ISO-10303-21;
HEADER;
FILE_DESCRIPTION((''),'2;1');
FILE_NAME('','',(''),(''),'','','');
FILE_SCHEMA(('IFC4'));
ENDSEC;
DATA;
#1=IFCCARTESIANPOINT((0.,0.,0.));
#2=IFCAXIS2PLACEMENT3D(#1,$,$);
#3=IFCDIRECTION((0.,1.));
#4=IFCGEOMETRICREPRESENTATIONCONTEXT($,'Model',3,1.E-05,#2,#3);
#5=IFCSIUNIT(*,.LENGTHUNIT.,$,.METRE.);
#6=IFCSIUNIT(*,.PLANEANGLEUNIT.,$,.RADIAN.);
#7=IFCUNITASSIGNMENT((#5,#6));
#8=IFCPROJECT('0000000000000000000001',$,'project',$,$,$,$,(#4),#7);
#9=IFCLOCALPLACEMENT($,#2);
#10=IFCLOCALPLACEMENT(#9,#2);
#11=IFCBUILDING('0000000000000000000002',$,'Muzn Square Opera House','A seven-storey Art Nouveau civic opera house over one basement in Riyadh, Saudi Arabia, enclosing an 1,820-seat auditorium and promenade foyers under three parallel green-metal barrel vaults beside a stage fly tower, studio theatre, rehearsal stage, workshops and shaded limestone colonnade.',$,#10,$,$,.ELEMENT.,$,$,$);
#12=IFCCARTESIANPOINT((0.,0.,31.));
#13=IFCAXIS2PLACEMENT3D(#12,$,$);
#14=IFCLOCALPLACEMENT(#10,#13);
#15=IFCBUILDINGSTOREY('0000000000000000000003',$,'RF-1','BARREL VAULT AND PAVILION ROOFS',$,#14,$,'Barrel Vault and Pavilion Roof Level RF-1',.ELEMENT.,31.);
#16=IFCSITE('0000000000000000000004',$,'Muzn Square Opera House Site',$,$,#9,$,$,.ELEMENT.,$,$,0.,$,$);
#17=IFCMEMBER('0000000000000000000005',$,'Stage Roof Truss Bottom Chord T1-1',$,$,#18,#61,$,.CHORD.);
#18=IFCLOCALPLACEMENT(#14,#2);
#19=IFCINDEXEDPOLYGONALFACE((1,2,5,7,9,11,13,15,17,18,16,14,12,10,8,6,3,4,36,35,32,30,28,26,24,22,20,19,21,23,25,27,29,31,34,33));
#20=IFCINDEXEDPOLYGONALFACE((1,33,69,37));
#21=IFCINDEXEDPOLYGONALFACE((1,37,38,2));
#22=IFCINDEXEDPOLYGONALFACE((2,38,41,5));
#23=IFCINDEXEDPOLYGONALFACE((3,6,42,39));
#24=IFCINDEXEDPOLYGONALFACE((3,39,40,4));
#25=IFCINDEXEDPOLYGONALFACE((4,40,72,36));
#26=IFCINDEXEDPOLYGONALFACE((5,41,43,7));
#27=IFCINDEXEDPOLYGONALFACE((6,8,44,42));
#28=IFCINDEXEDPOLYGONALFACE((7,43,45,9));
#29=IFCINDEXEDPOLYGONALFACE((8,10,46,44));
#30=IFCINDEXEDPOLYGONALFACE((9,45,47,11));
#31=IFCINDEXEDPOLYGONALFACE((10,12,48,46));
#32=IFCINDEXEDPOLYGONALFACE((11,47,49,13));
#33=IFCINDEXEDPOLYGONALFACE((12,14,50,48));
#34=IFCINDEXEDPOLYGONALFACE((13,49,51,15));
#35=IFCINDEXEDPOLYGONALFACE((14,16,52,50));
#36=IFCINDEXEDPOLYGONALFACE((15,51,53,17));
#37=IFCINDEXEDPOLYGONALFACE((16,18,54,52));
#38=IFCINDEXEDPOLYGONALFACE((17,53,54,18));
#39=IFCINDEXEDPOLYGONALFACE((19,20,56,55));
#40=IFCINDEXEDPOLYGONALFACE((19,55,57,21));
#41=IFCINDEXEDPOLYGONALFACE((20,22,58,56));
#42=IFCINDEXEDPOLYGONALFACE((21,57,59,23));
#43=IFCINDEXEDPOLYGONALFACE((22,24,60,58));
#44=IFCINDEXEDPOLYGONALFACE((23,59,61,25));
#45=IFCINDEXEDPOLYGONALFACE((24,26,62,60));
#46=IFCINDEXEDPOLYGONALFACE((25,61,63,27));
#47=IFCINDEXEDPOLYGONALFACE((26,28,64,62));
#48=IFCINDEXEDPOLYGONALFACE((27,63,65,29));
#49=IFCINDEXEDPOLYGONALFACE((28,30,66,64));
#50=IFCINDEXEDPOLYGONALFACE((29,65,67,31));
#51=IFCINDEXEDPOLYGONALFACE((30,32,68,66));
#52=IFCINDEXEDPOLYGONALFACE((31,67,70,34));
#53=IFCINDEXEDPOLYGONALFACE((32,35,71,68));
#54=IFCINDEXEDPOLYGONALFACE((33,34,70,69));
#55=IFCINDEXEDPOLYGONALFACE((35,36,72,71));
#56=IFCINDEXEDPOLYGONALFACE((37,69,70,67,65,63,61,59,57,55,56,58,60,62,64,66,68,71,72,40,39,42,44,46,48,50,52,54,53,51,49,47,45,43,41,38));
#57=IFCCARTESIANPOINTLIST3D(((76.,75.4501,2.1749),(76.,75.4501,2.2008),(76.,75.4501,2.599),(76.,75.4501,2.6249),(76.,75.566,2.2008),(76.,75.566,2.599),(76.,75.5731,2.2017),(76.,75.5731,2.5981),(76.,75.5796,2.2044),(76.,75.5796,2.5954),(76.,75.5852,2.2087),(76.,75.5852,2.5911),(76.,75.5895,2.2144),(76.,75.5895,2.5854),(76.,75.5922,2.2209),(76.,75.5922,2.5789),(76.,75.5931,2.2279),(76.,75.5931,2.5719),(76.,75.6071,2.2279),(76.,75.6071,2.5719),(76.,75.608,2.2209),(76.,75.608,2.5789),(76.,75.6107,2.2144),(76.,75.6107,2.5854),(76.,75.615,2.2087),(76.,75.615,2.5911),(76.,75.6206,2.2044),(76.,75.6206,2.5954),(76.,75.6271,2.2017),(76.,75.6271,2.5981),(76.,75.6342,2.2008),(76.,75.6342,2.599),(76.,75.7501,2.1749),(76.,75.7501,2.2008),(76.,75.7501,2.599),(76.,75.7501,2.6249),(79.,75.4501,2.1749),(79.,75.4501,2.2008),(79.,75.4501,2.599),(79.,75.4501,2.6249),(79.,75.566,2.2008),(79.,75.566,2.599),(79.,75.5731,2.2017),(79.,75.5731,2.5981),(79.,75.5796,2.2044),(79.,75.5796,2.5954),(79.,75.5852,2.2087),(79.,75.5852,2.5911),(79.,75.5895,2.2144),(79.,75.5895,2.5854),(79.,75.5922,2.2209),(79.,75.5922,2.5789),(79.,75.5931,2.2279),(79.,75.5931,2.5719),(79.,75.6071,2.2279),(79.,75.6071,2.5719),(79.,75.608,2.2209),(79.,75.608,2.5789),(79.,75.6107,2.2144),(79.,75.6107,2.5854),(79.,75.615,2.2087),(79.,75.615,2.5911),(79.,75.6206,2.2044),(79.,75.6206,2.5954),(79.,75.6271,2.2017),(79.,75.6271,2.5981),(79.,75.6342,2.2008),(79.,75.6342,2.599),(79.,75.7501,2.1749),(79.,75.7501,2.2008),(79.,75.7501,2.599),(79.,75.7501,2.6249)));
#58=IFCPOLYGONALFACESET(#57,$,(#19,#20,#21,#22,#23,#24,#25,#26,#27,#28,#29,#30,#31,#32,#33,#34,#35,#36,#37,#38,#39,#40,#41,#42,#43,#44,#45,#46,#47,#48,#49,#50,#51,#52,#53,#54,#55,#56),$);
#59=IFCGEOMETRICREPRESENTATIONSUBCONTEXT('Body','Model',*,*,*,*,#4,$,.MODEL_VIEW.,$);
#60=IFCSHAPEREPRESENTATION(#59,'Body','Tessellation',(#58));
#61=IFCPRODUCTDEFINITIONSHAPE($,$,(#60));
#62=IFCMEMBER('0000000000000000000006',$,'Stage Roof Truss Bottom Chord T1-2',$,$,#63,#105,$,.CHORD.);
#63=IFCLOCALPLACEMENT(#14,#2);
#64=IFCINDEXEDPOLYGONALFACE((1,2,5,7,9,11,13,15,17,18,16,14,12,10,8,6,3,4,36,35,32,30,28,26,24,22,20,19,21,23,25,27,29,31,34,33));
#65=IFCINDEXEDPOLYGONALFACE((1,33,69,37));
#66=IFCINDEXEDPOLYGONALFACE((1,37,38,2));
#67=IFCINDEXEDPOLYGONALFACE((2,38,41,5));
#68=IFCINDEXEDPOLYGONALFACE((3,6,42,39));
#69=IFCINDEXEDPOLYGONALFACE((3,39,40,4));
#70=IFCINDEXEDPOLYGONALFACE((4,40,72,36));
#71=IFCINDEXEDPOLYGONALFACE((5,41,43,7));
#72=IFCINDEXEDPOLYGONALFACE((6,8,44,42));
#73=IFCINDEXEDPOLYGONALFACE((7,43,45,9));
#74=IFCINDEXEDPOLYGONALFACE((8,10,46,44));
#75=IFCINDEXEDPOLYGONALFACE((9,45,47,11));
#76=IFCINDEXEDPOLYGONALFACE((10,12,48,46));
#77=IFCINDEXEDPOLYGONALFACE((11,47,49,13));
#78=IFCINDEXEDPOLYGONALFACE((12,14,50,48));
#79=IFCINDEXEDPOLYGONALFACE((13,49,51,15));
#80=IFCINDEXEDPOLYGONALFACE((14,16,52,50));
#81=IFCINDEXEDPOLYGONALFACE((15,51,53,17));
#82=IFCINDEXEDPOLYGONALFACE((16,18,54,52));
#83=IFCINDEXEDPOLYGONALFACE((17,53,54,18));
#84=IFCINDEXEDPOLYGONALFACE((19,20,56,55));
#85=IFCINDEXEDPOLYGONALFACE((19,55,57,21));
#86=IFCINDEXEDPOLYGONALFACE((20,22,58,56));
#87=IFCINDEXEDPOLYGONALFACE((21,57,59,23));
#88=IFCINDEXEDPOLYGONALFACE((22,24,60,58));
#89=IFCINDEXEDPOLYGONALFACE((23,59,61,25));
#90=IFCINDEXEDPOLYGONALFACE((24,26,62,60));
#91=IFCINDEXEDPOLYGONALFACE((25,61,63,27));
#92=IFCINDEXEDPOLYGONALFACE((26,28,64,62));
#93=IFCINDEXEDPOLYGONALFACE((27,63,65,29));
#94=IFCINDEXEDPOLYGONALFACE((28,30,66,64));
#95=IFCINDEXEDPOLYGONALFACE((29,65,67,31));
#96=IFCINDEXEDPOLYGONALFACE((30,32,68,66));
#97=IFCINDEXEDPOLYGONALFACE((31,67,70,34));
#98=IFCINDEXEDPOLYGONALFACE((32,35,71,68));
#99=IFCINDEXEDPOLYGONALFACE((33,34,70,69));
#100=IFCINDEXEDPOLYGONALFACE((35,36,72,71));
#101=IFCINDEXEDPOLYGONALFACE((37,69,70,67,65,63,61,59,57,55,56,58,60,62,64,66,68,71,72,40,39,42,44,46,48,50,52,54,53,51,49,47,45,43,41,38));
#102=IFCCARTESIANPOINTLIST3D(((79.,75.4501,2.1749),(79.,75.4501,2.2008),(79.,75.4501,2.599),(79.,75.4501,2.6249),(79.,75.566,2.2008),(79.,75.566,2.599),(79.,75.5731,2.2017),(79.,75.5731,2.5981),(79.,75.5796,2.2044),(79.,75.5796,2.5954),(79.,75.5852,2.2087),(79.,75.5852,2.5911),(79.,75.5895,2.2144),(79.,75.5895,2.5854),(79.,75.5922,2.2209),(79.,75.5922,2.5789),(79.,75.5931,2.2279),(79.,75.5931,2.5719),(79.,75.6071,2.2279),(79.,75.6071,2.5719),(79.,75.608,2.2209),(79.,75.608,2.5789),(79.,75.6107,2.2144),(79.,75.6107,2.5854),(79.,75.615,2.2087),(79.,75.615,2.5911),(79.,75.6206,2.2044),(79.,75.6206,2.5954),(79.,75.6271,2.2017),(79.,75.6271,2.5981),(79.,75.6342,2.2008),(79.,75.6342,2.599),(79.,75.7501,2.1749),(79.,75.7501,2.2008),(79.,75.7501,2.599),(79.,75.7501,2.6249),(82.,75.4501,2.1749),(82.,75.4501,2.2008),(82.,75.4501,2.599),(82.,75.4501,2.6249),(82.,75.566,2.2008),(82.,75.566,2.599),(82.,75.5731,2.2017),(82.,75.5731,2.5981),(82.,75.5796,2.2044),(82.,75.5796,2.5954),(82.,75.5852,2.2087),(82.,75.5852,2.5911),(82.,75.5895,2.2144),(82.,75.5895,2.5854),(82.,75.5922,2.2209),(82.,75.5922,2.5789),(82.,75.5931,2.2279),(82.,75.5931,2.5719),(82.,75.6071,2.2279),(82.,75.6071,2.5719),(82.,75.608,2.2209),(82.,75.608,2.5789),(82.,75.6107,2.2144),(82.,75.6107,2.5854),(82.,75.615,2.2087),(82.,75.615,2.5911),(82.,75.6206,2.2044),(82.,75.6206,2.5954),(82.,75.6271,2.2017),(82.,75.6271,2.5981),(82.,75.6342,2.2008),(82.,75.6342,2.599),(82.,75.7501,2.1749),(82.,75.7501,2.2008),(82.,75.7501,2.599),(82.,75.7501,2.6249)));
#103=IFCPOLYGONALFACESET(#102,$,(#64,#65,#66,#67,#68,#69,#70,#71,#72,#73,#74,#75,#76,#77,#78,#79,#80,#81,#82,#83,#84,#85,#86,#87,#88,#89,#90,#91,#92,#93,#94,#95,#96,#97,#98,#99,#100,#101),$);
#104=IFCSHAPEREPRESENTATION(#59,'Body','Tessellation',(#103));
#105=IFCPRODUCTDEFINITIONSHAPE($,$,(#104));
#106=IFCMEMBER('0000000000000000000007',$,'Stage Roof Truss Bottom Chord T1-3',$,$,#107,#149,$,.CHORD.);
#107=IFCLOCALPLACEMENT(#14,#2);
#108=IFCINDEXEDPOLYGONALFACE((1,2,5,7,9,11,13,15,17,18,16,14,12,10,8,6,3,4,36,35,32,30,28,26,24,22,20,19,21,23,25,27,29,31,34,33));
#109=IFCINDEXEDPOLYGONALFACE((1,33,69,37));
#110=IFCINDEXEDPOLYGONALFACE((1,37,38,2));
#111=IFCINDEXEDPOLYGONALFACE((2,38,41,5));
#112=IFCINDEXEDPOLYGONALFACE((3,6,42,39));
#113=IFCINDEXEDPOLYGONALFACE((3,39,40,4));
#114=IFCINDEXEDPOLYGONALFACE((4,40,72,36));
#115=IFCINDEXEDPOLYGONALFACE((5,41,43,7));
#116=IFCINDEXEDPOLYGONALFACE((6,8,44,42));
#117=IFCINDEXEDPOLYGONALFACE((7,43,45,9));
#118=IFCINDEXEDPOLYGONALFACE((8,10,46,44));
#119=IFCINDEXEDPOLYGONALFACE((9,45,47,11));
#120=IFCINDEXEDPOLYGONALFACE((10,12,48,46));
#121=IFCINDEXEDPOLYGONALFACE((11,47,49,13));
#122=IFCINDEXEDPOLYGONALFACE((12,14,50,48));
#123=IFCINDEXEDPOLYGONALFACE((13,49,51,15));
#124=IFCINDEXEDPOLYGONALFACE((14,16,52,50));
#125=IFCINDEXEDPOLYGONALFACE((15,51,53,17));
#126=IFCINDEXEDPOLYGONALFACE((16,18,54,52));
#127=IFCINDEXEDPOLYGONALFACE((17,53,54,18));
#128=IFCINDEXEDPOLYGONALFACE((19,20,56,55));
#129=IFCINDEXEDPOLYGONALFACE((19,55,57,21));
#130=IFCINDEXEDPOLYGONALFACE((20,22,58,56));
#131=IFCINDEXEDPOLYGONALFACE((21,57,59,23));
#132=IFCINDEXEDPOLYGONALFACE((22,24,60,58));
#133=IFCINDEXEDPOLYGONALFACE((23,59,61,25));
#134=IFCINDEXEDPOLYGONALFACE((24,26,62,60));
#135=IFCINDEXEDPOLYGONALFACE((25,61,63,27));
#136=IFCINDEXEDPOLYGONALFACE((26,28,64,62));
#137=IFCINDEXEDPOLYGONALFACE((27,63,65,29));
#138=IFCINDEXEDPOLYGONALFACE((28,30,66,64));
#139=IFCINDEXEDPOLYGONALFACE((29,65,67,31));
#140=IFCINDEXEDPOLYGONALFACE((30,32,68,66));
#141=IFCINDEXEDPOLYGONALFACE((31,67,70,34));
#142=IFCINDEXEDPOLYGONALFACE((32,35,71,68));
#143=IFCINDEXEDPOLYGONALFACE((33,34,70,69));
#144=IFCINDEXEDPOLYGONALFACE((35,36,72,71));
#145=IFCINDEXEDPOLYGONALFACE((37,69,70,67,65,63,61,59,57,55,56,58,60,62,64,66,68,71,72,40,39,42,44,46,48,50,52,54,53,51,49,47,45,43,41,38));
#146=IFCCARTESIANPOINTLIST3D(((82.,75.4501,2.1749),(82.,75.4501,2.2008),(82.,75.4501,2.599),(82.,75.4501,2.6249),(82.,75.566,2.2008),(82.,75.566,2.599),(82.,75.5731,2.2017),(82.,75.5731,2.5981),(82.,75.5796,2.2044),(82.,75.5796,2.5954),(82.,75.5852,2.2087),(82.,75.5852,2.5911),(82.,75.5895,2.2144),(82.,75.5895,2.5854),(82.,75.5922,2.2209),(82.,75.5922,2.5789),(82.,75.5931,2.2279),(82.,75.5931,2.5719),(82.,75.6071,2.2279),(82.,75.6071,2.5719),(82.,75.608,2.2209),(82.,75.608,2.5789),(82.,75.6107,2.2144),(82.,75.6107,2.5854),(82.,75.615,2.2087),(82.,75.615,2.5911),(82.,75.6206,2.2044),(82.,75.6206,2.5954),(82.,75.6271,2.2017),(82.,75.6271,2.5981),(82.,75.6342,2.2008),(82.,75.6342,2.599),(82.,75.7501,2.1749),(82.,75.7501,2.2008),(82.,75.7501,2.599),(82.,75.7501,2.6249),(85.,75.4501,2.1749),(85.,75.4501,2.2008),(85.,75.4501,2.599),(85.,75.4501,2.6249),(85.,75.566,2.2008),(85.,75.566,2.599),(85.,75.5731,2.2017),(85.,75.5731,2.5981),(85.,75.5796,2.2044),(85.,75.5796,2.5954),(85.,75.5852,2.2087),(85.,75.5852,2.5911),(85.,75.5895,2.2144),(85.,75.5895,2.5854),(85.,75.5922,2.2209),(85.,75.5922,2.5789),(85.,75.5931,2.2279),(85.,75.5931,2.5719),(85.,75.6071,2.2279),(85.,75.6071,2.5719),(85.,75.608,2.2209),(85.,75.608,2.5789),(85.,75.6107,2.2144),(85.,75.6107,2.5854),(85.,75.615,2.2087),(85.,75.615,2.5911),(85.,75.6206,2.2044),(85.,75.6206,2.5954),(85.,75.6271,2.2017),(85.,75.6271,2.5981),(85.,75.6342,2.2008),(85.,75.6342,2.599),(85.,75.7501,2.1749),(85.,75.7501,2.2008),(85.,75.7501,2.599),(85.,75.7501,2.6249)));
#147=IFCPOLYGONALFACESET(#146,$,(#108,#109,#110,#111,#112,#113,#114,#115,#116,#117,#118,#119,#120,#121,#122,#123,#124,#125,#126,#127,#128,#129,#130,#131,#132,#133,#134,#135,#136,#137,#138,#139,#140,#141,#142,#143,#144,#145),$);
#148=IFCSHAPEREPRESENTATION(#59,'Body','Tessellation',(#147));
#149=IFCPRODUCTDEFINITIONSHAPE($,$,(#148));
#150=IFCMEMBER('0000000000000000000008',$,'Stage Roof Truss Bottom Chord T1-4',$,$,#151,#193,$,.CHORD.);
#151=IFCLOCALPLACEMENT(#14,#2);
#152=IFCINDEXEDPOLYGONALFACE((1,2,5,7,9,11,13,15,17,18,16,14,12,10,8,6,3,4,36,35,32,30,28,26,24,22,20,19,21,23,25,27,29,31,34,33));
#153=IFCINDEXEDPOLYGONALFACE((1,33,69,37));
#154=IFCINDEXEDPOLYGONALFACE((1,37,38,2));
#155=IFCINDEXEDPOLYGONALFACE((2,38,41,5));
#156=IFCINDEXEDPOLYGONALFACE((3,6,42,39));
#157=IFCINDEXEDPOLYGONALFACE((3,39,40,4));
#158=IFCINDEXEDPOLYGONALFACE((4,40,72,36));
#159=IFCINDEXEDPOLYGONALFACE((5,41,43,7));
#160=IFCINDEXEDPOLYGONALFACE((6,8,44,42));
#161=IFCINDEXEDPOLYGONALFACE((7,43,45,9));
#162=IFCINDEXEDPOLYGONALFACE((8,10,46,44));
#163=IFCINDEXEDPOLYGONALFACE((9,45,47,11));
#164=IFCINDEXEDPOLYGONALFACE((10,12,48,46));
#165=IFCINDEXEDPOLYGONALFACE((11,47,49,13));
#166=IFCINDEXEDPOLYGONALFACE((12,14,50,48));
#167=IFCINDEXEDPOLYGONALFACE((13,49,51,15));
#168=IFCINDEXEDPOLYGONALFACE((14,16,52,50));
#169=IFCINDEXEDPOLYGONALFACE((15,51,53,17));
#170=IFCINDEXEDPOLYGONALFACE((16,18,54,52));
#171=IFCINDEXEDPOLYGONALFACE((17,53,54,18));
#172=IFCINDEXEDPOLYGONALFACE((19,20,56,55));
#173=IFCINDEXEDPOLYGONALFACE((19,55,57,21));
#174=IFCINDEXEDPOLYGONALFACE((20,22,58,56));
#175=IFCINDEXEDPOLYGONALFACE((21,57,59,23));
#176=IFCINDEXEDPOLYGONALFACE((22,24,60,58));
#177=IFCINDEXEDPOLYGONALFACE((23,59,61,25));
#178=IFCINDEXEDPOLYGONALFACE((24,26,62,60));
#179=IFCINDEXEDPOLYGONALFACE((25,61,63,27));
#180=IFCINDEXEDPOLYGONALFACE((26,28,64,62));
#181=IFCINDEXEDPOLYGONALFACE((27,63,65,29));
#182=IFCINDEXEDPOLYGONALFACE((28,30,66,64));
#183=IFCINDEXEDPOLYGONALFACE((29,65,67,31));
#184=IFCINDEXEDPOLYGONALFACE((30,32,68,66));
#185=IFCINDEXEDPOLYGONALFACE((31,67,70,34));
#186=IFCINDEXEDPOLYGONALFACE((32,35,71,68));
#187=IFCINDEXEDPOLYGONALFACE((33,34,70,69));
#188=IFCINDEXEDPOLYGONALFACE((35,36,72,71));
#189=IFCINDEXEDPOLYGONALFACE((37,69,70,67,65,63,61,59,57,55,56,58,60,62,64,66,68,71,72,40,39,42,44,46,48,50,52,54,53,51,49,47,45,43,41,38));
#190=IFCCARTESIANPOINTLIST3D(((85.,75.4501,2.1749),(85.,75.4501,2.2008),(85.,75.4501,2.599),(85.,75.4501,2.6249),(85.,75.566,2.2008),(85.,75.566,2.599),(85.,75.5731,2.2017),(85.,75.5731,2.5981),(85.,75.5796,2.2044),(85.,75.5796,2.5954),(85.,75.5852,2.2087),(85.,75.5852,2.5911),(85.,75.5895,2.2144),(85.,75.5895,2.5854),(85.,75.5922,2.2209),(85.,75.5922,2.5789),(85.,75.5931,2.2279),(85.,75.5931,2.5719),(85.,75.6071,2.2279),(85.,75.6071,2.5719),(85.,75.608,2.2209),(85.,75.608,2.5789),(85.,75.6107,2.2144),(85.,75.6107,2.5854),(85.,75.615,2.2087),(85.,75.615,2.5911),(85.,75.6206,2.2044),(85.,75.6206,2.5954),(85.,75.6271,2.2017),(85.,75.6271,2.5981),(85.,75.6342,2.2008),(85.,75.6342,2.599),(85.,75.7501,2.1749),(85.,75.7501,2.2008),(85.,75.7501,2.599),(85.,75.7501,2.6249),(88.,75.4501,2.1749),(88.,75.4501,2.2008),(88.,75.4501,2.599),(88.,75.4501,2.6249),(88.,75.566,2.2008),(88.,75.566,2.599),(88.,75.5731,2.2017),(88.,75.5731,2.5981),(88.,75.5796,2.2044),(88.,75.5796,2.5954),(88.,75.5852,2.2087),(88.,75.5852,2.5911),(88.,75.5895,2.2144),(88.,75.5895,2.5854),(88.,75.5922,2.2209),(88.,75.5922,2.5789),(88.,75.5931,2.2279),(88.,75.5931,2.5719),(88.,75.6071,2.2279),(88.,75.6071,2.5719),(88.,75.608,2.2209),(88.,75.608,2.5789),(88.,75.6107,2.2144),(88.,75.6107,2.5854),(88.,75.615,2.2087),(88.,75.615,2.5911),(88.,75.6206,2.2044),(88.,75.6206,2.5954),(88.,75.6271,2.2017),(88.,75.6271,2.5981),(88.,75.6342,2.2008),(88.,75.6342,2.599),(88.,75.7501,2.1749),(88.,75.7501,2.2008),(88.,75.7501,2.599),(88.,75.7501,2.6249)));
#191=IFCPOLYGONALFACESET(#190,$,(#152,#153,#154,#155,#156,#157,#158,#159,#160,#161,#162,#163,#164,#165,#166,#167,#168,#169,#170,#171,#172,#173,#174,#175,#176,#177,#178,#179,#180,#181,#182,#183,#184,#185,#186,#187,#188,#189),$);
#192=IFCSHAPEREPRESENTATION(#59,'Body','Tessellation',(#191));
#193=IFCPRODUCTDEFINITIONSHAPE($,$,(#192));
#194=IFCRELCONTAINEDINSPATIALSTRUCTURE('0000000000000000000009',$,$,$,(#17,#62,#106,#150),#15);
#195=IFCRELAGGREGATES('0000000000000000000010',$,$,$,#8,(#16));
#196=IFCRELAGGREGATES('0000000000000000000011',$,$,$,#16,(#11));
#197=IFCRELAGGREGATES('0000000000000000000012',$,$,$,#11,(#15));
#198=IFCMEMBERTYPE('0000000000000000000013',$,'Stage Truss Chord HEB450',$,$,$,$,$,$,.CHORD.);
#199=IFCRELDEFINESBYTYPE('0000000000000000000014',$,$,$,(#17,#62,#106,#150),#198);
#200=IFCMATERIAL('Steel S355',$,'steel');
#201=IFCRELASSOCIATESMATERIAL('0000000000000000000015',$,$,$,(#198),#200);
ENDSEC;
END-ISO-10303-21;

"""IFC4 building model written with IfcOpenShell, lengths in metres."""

from ifc_helpers import new_model, si_unit, direction, frame, origin, origin_2d, place, context, subcontext, project, spatial, i_section, extrude, material, material_profile, profile_set, type_object, element, save


model = new_model("IFC4")

# Units and contexts
model_context = context("Model", 3, precision=1e-05, world=origin(), true_north=direction((0.0, 1.0)))
body_context = subcontext(model_context, "Body", "Model", "MODEL_VIEW")
ifc_project = project(units=[si_unit("LENGTHUNIT", "METRE"), si_unit("PLANEANGLEUNIT", "RADIAN")], contexts=[model_context])

# Site, building, storey
site_placement = place(None, origin())
site = spatial("IfcSite", under=ifc_project, at=site_placement, Name="Muzn Square Opera House Site", CompositionType="ELEMENT", RefElevation=0.0)
building_placement = place(site_placement, origin())
building = spatial("IfcBuilding", under=site, at=building_placement, Name="Muzn Square Opera House", Description="A seven-storey Art Nouveau civic opera house over one basement in Riyadh, Saudi Arabia, enclosing an 1,820-seat auditorium and promenade foyers under three parallel green-metal barrel vaults beside a stage fly tower, studio theatre, rehearsal stage, workshops and shaded limestone colonnade.", CompositionType="ELEMENT")
storey_placement = place(building_placement, frame((0.0, 0.0, 31.0)))
storey = spatial("IfcBuildingStorey", under=building, at=storey_placement, Name="RF-1", Description="BARREL VAULT AND PAVILION ROOFS", LongName="Barrel Vault and Pavilion Roof Level RF-1", CompositionType="ELEMENT", Elevation=31.0)

# Shared definitions
ifc_material_1 = material(Name="Steel S355", Category="steel")

# Members
ifc_material_profile_1 = material_profile(ifc_material_1, i_section(OverallWidth=0.3, OverallDepth=0.45, WebThickness=0.0139, FlangeThickness=0.0259, FilletRadius=0.0271, at=origin_2d()), Name="HEB 450", Category="steel")
ifc_profile_set_1 = profile_set([ifc_material_profile_1], Name="Steel S355")
member_type = type_object("IfcMemberType", Name="Stage Truss Chord HEB450", PredefinedType="CHORD", material=ifc_profile_set_1)
for number, where, z_axis, x_axis, name in (
    (1, (76.0, 75.6001, 2.3999), (1.0, 0.0, 0.0), (0.0, 1.0, 0.0), "Stage Roof Truss Bottom Chord T1-1"),
    (2, (79.0, 75.6001, 2.3999), (1.0, 0.0, 0.0), (0.0, 1.0, 0.0), "Stage Roof Truss Bottom Chord T1-2"),
    (3, (82.0, 75.6001, 2.3999), (1.0, 0.0, 0.0), (0.0, 1.0, 0.0), "Stage Roof Truss Bottom Chord T1-3"),
    (4, (85.0, 75.6001, 2.3999), (1.0, 0.0, 0.0), (0.0, 1.0, 0.0), "Stage Roof Truss Bottom Chord T1-4"),
):
    element("IfcMember", number, at=place(storey_placement, frame(where, z_axis=z_axis, x_axis=x_axis)), inside=storey, type_object=member_type, Name=name, PredefinedType="CHORD", context=body_context, shape_type="SweptSolid", body=[
        extrude(i_section(OverallWidth=0.3, OverallDepth=0.45, WebThickness=0.0139, FlangeThickness=0.0259, FilletRadius=0.0271, at=origin_2d()), origin(), (0.0, 0.0, 1.0), 3.0),
    ])

save(model, "model.ifc")
